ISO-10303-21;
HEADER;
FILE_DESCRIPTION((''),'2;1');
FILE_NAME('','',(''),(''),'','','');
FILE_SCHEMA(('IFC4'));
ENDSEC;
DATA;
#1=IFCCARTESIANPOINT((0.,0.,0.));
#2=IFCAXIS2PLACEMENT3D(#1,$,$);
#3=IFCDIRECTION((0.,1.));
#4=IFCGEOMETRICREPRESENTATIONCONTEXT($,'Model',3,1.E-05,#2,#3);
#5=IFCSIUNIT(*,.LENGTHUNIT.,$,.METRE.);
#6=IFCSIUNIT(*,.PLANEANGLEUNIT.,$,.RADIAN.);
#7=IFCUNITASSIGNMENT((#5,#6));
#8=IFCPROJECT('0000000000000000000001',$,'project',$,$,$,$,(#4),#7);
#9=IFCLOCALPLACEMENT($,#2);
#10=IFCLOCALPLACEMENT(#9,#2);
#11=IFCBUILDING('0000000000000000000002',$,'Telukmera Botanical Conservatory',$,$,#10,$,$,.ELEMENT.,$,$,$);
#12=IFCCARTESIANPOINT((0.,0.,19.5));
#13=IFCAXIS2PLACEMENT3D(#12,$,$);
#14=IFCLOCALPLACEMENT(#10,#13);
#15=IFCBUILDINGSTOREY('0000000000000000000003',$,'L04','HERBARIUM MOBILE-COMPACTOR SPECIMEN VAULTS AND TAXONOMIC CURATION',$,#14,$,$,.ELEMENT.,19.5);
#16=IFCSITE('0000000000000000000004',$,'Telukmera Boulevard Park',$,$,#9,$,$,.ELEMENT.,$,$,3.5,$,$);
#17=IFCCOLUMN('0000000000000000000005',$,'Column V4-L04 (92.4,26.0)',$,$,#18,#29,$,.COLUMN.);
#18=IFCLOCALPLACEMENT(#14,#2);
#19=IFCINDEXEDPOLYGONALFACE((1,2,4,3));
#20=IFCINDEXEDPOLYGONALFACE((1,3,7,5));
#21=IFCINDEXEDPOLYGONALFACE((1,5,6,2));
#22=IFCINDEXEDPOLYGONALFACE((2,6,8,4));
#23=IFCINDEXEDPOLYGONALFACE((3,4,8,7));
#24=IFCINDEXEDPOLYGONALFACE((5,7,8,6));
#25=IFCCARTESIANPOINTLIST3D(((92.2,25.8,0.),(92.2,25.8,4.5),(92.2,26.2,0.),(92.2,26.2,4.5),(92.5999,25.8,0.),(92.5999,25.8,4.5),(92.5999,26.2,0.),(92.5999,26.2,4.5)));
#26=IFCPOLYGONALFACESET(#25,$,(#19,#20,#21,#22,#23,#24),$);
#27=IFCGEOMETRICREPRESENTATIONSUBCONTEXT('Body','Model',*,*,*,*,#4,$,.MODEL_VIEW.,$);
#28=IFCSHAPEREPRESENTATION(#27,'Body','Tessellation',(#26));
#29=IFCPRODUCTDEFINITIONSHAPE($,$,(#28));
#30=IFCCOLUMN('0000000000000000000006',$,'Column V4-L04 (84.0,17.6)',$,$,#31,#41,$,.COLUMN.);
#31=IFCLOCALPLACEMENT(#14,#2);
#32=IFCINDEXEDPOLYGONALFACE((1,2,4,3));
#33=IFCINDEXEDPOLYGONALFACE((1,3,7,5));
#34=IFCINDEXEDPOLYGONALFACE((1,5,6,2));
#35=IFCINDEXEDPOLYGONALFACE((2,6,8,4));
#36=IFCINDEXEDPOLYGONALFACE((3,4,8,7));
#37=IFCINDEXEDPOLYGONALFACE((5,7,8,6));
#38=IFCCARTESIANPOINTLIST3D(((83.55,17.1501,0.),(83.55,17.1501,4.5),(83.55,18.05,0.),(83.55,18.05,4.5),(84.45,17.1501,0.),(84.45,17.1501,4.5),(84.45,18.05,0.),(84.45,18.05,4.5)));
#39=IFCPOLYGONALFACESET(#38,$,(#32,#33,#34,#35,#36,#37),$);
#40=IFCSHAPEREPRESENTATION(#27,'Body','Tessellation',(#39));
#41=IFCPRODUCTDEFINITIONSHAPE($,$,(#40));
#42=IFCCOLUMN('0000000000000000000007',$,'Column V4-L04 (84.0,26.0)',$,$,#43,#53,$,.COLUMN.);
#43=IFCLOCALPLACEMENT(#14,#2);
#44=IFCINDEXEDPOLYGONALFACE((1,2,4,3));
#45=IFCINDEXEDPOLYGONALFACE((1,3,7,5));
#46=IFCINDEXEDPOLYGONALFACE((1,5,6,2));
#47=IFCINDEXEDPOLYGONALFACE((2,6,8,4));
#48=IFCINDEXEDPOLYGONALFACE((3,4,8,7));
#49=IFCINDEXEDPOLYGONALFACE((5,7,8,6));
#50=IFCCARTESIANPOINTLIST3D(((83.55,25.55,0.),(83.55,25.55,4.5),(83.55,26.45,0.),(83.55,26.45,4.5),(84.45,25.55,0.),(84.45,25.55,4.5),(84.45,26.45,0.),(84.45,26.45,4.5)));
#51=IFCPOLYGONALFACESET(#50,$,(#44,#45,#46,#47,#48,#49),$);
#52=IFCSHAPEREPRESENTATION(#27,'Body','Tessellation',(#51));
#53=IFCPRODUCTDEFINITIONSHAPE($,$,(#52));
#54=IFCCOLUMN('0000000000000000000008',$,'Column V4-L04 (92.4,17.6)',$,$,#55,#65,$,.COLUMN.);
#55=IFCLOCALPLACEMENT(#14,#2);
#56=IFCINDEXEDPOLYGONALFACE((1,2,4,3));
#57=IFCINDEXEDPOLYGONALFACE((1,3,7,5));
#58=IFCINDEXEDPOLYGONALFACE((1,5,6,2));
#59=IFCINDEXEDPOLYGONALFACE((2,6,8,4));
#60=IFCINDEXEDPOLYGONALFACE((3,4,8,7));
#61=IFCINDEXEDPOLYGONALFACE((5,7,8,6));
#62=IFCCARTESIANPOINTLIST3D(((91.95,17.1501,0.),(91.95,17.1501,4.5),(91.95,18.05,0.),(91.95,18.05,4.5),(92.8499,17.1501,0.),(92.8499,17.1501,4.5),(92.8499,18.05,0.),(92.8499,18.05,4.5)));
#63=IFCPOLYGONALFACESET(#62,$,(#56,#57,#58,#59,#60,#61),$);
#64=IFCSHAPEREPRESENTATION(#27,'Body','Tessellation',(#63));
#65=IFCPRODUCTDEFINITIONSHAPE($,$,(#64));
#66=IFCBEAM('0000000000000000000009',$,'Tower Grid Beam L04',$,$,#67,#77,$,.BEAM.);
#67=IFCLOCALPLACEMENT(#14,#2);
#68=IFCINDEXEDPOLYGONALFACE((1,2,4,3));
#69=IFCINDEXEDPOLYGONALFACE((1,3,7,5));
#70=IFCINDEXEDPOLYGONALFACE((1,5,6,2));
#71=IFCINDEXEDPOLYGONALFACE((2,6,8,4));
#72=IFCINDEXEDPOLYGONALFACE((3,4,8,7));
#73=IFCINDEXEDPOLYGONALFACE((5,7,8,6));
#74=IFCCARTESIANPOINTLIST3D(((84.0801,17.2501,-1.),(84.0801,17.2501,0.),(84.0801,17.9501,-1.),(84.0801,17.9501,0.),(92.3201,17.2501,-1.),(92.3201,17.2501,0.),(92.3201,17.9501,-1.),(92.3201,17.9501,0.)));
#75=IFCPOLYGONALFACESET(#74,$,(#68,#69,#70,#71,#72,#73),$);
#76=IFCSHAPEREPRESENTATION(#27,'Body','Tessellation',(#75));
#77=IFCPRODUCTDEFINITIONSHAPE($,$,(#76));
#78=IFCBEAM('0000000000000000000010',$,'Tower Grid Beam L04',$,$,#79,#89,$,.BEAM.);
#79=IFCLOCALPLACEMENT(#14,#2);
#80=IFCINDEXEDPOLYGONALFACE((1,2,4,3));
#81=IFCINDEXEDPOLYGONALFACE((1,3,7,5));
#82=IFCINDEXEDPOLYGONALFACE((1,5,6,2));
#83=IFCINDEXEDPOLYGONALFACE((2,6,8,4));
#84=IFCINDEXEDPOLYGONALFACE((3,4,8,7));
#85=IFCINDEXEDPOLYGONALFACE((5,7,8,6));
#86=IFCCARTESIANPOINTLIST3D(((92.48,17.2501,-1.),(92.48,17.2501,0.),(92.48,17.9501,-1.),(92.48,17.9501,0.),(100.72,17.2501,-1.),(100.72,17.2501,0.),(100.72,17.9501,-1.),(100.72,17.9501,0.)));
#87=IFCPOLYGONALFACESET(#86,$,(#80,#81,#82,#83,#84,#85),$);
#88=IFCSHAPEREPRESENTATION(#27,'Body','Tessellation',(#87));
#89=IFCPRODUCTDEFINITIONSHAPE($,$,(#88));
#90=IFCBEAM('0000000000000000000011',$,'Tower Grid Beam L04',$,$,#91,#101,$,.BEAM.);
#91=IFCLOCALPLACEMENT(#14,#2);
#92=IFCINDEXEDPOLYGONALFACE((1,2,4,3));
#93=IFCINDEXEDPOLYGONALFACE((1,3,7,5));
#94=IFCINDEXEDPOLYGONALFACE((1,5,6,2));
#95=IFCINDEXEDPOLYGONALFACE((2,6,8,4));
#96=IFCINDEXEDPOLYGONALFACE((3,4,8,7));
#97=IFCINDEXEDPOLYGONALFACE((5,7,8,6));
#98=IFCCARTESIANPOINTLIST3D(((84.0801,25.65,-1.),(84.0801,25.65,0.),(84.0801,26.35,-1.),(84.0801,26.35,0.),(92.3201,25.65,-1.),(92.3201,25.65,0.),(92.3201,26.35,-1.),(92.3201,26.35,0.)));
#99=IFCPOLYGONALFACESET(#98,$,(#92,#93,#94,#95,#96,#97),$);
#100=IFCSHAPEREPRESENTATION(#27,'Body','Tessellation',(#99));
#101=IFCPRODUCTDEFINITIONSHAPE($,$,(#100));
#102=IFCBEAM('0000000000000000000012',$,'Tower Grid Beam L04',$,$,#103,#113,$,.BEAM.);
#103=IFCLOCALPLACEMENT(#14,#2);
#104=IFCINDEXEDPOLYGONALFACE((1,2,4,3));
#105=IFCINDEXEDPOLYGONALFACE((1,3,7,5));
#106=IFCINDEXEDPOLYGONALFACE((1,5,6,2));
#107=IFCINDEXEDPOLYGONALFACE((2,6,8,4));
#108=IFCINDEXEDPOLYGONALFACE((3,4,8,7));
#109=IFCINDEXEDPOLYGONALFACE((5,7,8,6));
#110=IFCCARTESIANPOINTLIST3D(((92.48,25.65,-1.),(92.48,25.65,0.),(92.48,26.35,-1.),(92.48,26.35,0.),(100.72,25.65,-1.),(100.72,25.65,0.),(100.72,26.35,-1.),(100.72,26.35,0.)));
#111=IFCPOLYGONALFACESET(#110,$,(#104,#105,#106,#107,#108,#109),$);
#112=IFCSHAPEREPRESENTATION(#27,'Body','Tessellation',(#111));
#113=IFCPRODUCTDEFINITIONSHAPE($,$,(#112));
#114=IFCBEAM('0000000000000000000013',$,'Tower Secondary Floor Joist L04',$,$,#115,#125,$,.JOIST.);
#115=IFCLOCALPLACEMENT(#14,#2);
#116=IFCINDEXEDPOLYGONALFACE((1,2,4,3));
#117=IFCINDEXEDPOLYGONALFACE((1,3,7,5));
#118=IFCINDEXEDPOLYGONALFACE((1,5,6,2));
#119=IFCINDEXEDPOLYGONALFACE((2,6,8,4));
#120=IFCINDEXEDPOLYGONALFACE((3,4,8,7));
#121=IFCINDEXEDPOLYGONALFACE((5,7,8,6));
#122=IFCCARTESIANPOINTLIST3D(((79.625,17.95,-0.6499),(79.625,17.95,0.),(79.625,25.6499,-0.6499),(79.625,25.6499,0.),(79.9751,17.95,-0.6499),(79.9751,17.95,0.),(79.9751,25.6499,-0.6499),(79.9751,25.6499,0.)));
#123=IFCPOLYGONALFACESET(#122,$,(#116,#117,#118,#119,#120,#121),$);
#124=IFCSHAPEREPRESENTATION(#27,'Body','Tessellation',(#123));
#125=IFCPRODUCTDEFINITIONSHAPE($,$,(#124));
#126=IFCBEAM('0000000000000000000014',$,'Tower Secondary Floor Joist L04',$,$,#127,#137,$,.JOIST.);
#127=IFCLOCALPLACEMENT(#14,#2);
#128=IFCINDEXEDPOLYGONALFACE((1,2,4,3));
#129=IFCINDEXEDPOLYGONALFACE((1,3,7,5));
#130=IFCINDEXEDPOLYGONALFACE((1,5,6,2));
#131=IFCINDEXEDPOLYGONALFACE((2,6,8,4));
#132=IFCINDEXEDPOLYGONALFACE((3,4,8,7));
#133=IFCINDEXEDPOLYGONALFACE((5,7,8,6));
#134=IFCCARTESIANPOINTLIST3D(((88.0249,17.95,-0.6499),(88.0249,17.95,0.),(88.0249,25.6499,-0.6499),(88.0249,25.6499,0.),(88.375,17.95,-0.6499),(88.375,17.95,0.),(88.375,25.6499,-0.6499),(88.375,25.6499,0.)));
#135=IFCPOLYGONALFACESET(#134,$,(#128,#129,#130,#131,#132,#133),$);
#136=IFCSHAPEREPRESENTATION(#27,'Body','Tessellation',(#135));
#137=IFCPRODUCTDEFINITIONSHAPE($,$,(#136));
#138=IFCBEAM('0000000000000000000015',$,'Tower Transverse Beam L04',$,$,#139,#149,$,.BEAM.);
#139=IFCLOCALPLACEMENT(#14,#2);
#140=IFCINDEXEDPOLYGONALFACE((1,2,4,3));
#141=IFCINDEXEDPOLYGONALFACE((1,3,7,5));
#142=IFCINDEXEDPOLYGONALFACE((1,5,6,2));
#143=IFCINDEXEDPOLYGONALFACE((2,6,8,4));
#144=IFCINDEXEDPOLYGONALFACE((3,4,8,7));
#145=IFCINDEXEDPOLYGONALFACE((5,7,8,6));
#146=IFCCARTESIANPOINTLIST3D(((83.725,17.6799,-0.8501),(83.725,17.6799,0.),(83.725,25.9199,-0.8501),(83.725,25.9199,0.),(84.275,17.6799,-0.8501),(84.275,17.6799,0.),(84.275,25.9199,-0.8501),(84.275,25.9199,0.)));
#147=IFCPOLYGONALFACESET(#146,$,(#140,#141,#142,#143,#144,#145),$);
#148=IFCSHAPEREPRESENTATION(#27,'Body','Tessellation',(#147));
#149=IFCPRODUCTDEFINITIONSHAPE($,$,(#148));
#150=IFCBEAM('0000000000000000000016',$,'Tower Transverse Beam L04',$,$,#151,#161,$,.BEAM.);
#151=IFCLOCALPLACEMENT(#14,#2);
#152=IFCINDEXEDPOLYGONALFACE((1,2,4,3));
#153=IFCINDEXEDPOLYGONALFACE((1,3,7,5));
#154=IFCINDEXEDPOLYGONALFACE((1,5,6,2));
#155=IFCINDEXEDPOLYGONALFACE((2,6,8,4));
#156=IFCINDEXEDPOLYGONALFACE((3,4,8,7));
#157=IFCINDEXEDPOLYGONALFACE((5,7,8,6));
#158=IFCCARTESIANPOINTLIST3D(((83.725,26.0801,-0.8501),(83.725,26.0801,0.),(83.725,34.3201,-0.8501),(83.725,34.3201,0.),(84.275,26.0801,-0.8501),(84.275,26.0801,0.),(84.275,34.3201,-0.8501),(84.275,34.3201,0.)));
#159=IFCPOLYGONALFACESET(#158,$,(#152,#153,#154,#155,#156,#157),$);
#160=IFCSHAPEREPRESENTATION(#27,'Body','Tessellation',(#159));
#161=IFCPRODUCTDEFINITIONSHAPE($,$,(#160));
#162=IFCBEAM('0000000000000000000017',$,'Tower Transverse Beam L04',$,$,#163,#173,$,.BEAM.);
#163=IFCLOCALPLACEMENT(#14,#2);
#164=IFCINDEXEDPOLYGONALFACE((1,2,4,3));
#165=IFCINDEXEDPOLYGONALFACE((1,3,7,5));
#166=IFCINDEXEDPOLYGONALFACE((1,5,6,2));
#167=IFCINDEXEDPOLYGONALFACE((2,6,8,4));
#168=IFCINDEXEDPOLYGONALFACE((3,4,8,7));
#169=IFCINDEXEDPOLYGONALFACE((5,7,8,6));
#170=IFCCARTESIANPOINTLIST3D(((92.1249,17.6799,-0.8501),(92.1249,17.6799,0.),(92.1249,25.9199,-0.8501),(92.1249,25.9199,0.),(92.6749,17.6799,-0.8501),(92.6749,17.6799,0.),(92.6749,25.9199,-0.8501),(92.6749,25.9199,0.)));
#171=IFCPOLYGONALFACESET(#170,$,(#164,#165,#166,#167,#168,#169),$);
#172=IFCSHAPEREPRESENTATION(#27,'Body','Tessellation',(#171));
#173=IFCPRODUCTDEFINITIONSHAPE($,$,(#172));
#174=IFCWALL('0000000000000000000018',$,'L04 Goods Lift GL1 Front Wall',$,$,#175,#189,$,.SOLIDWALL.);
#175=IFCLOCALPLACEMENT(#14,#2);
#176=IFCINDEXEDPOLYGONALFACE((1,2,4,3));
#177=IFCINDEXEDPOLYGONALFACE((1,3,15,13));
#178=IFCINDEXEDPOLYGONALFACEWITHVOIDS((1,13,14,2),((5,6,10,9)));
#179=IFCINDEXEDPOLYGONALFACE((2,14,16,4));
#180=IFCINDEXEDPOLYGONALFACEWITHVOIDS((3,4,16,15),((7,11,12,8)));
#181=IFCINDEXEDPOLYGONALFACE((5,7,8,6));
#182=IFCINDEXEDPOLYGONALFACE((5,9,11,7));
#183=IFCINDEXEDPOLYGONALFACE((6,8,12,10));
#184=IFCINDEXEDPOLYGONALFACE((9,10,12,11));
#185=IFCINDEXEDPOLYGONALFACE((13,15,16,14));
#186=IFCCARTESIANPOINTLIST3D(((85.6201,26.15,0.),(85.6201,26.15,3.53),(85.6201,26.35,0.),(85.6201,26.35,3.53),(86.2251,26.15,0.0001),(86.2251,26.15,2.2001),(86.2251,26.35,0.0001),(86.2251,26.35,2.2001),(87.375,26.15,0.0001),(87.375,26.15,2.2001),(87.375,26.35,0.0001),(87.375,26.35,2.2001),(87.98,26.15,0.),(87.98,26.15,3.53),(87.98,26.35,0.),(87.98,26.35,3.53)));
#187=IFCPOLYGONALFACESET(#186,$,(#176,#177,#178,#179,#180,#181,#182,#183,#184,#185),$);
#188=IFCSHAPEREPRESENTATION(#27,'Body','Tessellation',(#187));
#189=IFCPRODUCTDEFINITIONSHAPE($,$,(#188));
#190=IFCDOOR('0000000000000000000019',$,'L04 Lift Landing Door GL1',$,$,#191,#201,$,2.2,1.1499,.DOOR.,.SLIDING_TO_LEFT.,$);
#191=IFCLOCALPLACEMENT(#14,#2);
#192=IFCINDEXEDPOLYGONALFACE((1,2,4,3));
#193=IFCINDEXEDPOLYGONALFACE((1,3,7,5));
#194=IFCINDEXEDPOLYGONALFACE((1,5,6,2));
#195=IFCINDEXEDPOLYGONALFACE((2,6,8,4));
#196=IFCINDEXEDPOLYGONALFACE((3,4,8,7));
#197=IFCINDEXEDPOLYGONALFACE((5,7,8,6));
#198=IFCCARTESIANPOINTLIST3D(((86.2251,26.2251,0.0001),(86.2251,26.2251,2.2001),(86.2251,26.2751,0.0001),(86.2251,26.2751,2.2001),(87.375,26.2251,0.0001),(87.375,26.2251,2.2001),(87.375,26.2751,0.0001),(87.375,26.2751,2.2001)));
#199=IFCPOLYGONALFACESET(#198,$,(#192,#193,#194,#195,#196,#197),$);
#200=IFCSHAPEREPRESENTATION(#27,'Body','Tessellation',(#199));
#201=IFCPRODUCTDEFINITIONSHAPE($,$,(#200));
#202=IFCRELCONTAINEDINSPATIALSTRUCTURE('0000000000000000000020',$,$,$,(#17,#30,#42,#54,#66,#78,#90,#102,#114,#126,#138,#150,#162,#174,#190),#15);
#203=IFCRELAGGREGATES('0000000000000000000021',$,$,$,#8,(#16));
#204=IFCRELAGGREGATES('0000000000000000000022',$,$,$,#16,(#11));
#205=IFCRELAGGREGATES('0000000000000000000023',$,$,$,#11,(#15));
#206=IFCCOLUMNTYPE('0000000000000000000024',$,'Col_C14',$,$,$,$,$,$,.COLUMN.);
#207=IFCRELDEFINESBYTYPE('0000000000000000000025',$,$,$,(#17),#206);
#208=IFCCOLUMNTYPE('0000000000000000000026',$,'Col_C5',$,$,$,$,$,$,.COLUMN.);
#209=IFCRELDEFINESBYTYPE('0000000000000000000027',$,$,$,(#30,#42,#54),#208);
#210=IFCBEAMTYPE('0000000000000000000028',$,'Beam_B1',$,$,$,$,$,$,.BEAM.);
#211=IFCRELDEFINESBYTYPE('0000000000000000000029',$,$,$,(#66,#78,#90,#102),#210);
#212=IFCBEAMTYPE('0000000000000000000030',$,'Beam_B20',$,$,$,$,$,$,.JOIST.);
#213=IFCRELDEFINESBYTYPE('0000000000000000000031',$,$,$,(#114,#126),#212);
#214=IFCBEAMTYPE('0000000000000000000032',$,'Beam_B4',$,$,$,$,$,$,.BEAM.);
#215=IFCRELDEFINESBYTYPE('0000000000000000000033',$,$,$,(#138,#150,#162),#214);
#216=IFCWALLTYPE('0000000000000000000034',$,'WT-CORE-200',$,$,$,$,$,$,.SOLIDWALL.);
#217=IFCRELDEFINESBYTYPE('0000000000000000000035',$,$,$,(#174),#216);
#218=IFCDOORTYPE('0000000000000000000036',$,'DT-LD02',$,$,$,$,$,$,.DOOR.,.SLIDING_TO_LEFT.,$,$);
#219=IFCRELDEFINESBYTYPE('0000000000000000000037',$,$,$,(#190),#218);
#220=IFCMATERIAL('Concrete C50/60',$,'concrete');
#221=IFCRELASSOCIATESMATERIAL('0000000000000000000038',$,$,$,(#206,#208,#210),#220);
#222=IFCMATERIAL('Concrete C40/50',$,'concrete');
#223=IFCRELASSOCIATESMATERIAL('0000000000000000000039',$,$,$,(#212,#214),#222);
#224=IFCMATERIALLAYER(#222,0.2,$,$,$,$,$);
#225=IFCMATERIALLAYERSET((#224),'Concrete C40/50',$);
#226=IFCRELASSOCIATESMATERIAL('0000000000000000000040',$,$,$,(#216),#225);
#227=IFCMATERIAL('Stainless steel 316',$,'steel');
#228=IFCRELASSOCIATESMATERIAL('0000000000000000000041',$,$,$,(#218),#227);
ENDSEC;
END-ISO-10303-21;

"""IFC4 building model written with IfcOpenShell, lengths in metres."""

from ifc_helpers import new_model, si_unit, direction, frame, frame_2d, origin, origin_2d, place, context, subcontext, project, spatial, rectangle, extrude, material, layer, layer_set, material_profile, profile_set, type_object, element, fill, save


model = new_model("IFC4")

# Units and contexts
model_context = context("Model", 3, precision=1e-05, world=origin(), true_north=direction((0.0, 1.0)))
body_context = subcontext(model_context, "Body", "Model", "MODEL_VIEW")
ifc_project = project(units=[si_unit("LENGTHUNIT", "METRE"), si_unit("PLANEANGLEUNIT", "RADIAN")], contexts=[model_context])

# Site, building, storey
site_placement = place(None, origin())
site = spatial("IfcSite", under=ifc_project, at=site_placement, Name="Telukmera Boulevard Park", CompositionType="ELEMENT", RefElevation=3.5)
building_placement = place(site_placement, origin())
building = spatial("IfcBuilding", under=site, at=building_placement, Name="Telukmera Botanical Conservatory", CompositionType="ELEMENT")
storey_placement = place(building_placement, frame((0.0, 0.0, 19.5)))
storey = spatial("IfcBuildingStorey", under=building, at=storey_placement, Name="L04", Description="HERBARIUM MOBILE-COMPACTOR SPECIMEN VAULTS AND TAXONOMIC CURATION", CompositionType="ELEMENT", Elevation=19.5)

# Columns
ifc_material_1 = material(Name="Concrete C50/60", Category="concrete")
ifc_material_profile_1 = material_profile(ifc_material_1, rectangle(XDim=0.3999, YDim=0.3999, at=origin_2d()), Name="RC 400x400")
ifc_profile_set_1 = profile_set([ifc_material_profile_1], Name="Concrete C50/60")
column_type_1 = type_object("IfcColumnType", Name="Col_C14", PredefinedType="COLUMN", material=ifc_profile_set_1)
column_placement = place(storey_placement, frame((92.3999, 26.0, 0.0), z_axis=(0.0, 0.0, 1.0), x_axis=(1.0, 0.0, 0.0)))
element("IfcColumn", 1, at=column_placement, inside=storey, type_object=column_type_1, Name="Column V4-L04 (92.4,26.0)", PredefinedType="COLUMN", context=body_context, shape_type="SweptSolid", body=[
    extrude(rectangle(XDim=0.3999, YDim=0.3999, at=origin_2d()), origin(), (0.0, 0.0, 1.0), 4.5),
])
ifc_material_profile_2 = material_profile(ifc_material_1, rectangle(XDim=0.8999, YDim=0.8999, at=origin_2d()), Name="RC 900x900")
ifc_profile_set_2 = profile_set([ifc_material_profile_2], Name="Concrete C50/60")
column_type_2 = type_object("IfcColumnType", Name="Col_C5", PredefinedType="COLUMN", material=ifc_profile_set_2)
for number, where, z_axis, x_axis, name in (
    (2, (84.0, 17.6001, 0.0), (0.0, 0.0, 1.0), (1.0, 0.0, 0.0), "Column V4-L04 (84.0,17.6)"),
    (3, (84.0, 26.0, 0.0), (0.0, 0.0, 1.0), (1.0, 0.0, 0.0), "Column V4-L04 (84.0,26.0)"),
    (4, (92.3999, 17.6001, 0.0), (0.0, 0.0, 1.0), (1.0, 0.0, 0.0), "Column V4-L04 (92.4,17.6)"),
):
    element("IfcColumn", number, at=place(storey_placement, frame(where, z_axis=z_axis, x_axis=x_axis)), inside=storey, type_object=column_type_2, Name=name, PredefinedType="COLUMN", context=body_context, shape_type="SweptSolid", body=[
        extrude(rectangle(XDim=0.8999, YDim=0.8999, at=origin_2d()), origin(), (0.0, 0.0, 1.0), 4.5),
    ])

# Beams
ifc_material_profile_3 = material_profile(ifc_material_1, rectangle(XDim=0.7, YDim=1.0, at=origin_2d()), Name="RC 700x1000")
ifc_profile_set_3 = profile_set([ifc_material_profile_3], Name="Concrete C50/60")
beam_type_1 = type_object("IfcBeamType", Name="Beam_B1", PredefinedType="BEAM", material=ifc_profile_set_3)
for number, where, z_axis, x_axis, name in (
    (5, (84.0801, 17.6001, -0.5), (1.0, 0.0, 0.0), (0.0, 1.0, 0.0), "Tower Grid Beam L04"),
    (6, (92.48, 17.6001, -0.5), (1.0, 0.0, 0.0), (0.0, 1.0, 0.0), "Tower Grid Beam L04"),
    (7, (84.0801, 26.0, -0.5), (1.0, 0.0, 0.0), (0.0, 1.0, 0.0), "Tower Grid Beam L04"),
    (8, (92.48, 26.0, -0.5), (1.0, 0.0, 0.0), (0.0, 1.0, 0.0), "Tower Grid Beam L04"),
):
    element("IfcBeam", number, at=place(storey_placement, frame(where, z_axis=z_axis, x_axis=x_axis)), inside=storey, type_object=beam_type_1, Name=name, PredefinedType="BEAM", context=body_context, shape_type="SweptSolid", body=[
        extrude(rectangle(XDim=0.7, YDim=1.0, at=origin_2d()), origin(), (0.0, 0.0, 1.0), 8.24),
    ])
ifc_material_2 = material(Name="Concrete C40/50", Category="concrete")
ifc_material_profile_4 = material_profile(ifc_material_2, rectangle(XDim=0.3501, YDim=0.6499, at=origin_2d()), Name="RC 350x650")
ifc_profile_set_4 = profile_set([ifc_material_profile_4], Name="Concrete C40/50")
beam_type_2 = type_object("IfcBeamType", Name="Beam_B20", PredefinedType="JOIST", material=ifc_profile_set_4)
for number, where, z_axis, x_axis, name in (
    (9, (79.8, 17.95, -0.325), (0.0, 1.0, 0.0), (-1.0, 0.0, 0.0), "Tower Secondary Floor Joist L04"),
    (10, (88.2, 17.95, -0.325), (0.0, 1.0, 0.0), (-1.0, 0.0, 0.0), "Tower Secondary Floor Joist L04"),
):
    element("IfcBeam", number, at=place(storey_placement, frame(where, z_axis=z_axis, x_axis=x_axis)), inside=storey, type_object=beam_type_2, Name=name, PredefinedType="JOIST", context=body_context, shape_type="SweptSolid", body=[
        extrude(rectangle(XDim=0.3501, YDim=0.6499, at=origin_2d()), origin(), (0.0, 0.0, 1.0), 7.7),
    ])
ifc_material_profile_5 = material_profile(ifc_material_2, rectangle(XDim=0.55, YDim=0.8501, at=origin_2d()), Name="RC 550x850")
ifc_profile_set_5 = profile_set([ifc_material_profile_5], Name="Concrete C40/50")
beam_type_3 = type_object("IfcBeamType", Name="Beam_B4", PredefinedType="BEAM", material=ifc_profile_set_5)
for number, where, z_axis, x_axis, name in (
    (11, (84.0, 17.6799, -0.425), (0.0, 1.0, 0.0), (-1.0, 0.0, 0.0), "Tower Transverse Beam L04"),
    (12, (84.0, 26.0801, -0.425), (0.0, 1.0, 0.0), (-1.0, 0.0, 0.0), "Tower Transverse Beam L04"),
    (13, (92.3999, 17.6799, -0.425), (0.0, 1.0, 0.0), (-1.0, 0.0, 0.0), "Tower Transverse Beam L04"),
):
    element("IfcBeam", number, at=place(storey_placement, frame(where, z_axis=z_axis, x_axis=x_axis)), inside=storey, type_object=beam_type_3, Name=name, PredefinedType="BEAM", context=body_context, shape_type="SweptSolid", body=[
        extrude(rectangle(XDim=0.55, YDim=0.8501, at=origin_2d()), origin(), (0.0, 0.0, 1.0), 8.24),
    ])

# Shared definitions
ifc_layer_1 = layer(ifc_material_2, 0.2)
ifc_layer_set_1 = layer_set([ifc_layer_1], Name="Concrete C40/50")
wall_type_1 = type_object("IfcWallType", Name="WT-CORE-200", PredefinedType="SOLIDWALL", material=ifc_layer_set_1)

# Wall, opening, door
wall_1_placement = place(storey_placement, frame((85.6201, 26.25, 0.0), z_axis=(0.0, 0.0, 1.0), x_axis=(1.0, 0.0, 0.0)))
wall_1 = element("IfcWall", 14, at=wall_1_placement, inside=storey, type_object=wall_type_1, Name="L04 Goods Lift GL1 Front Wall", PredefinedType="SOLIDWALL", context=body_context, shape_type="SweptSolid", body=[
    extrude(rectangle(XDim=2.3599, YDim=0.2, at=frame_2d((1.1799, 0.0))), origin(), (0.0, 0.0, 1.0), 3.53),
])
opening_1_placement = place(wall_1_placement, frame((0.605, 0.0, 0.0)))
opening_1 = element("IfcOpeningElement", 15, at=opening_1_placement, cuts=wall_1, PredefinedType="OPENING", context=body_context, shape_type="SweptSolid", body=[
    extrude(rectangle(XDim=1.1499, YDim=2.2, at=frame_2d((0.575, 1.1001))), frame((0.0, 0.1099, 0.0), z_axis=(0.0, -1.0, 0.0), x_axis=(1.0, 0.0, 0.0)), (0.0, 0.0, 1.0), 0.22),
])
ifc_material_3 = material(Name="Stainless steel 316", Category="steel")
door_type_1 = type_object("IfcDoorType", Name="DT-LD02", OperationType="SLIDING_TO_LEFT", PredefinedType="DOOR", material=ifc_material_3)
door_1_placement = place(opening_1_placement, frame((1.1499, 0.0, 0.0), z_axis=(0.0, 0.0, 1.0), x_axis=(-1.0, 0.0, 0.0)))
door_1 = element("IfcDoor", 16, at=door_1_placement, inside=storey, type_object=door_type_1, Name="L04 Lift Landing Door GL1", OperationType="SLIDING_TO_LEFT", OverallHeight=2.2, OverallWidth=1.1499, PredefinedType="DOOR", context=body_context, shape_type="SweptSolid", body=[
    extrude(rectangle(XDim=1.1499, YDim=2.2, at=frame_2d((0.575, 1.1001))), frame((0.0, 0.0249, 0.0), z_axis=(0.0, -1.0, 0.0), x_axis=(1.0, 0.0, 0.0)), (0.0, 0.0, 1.0), 0.05),
])
fill(opening_1, door_1)

save(model, "model.ifc")
